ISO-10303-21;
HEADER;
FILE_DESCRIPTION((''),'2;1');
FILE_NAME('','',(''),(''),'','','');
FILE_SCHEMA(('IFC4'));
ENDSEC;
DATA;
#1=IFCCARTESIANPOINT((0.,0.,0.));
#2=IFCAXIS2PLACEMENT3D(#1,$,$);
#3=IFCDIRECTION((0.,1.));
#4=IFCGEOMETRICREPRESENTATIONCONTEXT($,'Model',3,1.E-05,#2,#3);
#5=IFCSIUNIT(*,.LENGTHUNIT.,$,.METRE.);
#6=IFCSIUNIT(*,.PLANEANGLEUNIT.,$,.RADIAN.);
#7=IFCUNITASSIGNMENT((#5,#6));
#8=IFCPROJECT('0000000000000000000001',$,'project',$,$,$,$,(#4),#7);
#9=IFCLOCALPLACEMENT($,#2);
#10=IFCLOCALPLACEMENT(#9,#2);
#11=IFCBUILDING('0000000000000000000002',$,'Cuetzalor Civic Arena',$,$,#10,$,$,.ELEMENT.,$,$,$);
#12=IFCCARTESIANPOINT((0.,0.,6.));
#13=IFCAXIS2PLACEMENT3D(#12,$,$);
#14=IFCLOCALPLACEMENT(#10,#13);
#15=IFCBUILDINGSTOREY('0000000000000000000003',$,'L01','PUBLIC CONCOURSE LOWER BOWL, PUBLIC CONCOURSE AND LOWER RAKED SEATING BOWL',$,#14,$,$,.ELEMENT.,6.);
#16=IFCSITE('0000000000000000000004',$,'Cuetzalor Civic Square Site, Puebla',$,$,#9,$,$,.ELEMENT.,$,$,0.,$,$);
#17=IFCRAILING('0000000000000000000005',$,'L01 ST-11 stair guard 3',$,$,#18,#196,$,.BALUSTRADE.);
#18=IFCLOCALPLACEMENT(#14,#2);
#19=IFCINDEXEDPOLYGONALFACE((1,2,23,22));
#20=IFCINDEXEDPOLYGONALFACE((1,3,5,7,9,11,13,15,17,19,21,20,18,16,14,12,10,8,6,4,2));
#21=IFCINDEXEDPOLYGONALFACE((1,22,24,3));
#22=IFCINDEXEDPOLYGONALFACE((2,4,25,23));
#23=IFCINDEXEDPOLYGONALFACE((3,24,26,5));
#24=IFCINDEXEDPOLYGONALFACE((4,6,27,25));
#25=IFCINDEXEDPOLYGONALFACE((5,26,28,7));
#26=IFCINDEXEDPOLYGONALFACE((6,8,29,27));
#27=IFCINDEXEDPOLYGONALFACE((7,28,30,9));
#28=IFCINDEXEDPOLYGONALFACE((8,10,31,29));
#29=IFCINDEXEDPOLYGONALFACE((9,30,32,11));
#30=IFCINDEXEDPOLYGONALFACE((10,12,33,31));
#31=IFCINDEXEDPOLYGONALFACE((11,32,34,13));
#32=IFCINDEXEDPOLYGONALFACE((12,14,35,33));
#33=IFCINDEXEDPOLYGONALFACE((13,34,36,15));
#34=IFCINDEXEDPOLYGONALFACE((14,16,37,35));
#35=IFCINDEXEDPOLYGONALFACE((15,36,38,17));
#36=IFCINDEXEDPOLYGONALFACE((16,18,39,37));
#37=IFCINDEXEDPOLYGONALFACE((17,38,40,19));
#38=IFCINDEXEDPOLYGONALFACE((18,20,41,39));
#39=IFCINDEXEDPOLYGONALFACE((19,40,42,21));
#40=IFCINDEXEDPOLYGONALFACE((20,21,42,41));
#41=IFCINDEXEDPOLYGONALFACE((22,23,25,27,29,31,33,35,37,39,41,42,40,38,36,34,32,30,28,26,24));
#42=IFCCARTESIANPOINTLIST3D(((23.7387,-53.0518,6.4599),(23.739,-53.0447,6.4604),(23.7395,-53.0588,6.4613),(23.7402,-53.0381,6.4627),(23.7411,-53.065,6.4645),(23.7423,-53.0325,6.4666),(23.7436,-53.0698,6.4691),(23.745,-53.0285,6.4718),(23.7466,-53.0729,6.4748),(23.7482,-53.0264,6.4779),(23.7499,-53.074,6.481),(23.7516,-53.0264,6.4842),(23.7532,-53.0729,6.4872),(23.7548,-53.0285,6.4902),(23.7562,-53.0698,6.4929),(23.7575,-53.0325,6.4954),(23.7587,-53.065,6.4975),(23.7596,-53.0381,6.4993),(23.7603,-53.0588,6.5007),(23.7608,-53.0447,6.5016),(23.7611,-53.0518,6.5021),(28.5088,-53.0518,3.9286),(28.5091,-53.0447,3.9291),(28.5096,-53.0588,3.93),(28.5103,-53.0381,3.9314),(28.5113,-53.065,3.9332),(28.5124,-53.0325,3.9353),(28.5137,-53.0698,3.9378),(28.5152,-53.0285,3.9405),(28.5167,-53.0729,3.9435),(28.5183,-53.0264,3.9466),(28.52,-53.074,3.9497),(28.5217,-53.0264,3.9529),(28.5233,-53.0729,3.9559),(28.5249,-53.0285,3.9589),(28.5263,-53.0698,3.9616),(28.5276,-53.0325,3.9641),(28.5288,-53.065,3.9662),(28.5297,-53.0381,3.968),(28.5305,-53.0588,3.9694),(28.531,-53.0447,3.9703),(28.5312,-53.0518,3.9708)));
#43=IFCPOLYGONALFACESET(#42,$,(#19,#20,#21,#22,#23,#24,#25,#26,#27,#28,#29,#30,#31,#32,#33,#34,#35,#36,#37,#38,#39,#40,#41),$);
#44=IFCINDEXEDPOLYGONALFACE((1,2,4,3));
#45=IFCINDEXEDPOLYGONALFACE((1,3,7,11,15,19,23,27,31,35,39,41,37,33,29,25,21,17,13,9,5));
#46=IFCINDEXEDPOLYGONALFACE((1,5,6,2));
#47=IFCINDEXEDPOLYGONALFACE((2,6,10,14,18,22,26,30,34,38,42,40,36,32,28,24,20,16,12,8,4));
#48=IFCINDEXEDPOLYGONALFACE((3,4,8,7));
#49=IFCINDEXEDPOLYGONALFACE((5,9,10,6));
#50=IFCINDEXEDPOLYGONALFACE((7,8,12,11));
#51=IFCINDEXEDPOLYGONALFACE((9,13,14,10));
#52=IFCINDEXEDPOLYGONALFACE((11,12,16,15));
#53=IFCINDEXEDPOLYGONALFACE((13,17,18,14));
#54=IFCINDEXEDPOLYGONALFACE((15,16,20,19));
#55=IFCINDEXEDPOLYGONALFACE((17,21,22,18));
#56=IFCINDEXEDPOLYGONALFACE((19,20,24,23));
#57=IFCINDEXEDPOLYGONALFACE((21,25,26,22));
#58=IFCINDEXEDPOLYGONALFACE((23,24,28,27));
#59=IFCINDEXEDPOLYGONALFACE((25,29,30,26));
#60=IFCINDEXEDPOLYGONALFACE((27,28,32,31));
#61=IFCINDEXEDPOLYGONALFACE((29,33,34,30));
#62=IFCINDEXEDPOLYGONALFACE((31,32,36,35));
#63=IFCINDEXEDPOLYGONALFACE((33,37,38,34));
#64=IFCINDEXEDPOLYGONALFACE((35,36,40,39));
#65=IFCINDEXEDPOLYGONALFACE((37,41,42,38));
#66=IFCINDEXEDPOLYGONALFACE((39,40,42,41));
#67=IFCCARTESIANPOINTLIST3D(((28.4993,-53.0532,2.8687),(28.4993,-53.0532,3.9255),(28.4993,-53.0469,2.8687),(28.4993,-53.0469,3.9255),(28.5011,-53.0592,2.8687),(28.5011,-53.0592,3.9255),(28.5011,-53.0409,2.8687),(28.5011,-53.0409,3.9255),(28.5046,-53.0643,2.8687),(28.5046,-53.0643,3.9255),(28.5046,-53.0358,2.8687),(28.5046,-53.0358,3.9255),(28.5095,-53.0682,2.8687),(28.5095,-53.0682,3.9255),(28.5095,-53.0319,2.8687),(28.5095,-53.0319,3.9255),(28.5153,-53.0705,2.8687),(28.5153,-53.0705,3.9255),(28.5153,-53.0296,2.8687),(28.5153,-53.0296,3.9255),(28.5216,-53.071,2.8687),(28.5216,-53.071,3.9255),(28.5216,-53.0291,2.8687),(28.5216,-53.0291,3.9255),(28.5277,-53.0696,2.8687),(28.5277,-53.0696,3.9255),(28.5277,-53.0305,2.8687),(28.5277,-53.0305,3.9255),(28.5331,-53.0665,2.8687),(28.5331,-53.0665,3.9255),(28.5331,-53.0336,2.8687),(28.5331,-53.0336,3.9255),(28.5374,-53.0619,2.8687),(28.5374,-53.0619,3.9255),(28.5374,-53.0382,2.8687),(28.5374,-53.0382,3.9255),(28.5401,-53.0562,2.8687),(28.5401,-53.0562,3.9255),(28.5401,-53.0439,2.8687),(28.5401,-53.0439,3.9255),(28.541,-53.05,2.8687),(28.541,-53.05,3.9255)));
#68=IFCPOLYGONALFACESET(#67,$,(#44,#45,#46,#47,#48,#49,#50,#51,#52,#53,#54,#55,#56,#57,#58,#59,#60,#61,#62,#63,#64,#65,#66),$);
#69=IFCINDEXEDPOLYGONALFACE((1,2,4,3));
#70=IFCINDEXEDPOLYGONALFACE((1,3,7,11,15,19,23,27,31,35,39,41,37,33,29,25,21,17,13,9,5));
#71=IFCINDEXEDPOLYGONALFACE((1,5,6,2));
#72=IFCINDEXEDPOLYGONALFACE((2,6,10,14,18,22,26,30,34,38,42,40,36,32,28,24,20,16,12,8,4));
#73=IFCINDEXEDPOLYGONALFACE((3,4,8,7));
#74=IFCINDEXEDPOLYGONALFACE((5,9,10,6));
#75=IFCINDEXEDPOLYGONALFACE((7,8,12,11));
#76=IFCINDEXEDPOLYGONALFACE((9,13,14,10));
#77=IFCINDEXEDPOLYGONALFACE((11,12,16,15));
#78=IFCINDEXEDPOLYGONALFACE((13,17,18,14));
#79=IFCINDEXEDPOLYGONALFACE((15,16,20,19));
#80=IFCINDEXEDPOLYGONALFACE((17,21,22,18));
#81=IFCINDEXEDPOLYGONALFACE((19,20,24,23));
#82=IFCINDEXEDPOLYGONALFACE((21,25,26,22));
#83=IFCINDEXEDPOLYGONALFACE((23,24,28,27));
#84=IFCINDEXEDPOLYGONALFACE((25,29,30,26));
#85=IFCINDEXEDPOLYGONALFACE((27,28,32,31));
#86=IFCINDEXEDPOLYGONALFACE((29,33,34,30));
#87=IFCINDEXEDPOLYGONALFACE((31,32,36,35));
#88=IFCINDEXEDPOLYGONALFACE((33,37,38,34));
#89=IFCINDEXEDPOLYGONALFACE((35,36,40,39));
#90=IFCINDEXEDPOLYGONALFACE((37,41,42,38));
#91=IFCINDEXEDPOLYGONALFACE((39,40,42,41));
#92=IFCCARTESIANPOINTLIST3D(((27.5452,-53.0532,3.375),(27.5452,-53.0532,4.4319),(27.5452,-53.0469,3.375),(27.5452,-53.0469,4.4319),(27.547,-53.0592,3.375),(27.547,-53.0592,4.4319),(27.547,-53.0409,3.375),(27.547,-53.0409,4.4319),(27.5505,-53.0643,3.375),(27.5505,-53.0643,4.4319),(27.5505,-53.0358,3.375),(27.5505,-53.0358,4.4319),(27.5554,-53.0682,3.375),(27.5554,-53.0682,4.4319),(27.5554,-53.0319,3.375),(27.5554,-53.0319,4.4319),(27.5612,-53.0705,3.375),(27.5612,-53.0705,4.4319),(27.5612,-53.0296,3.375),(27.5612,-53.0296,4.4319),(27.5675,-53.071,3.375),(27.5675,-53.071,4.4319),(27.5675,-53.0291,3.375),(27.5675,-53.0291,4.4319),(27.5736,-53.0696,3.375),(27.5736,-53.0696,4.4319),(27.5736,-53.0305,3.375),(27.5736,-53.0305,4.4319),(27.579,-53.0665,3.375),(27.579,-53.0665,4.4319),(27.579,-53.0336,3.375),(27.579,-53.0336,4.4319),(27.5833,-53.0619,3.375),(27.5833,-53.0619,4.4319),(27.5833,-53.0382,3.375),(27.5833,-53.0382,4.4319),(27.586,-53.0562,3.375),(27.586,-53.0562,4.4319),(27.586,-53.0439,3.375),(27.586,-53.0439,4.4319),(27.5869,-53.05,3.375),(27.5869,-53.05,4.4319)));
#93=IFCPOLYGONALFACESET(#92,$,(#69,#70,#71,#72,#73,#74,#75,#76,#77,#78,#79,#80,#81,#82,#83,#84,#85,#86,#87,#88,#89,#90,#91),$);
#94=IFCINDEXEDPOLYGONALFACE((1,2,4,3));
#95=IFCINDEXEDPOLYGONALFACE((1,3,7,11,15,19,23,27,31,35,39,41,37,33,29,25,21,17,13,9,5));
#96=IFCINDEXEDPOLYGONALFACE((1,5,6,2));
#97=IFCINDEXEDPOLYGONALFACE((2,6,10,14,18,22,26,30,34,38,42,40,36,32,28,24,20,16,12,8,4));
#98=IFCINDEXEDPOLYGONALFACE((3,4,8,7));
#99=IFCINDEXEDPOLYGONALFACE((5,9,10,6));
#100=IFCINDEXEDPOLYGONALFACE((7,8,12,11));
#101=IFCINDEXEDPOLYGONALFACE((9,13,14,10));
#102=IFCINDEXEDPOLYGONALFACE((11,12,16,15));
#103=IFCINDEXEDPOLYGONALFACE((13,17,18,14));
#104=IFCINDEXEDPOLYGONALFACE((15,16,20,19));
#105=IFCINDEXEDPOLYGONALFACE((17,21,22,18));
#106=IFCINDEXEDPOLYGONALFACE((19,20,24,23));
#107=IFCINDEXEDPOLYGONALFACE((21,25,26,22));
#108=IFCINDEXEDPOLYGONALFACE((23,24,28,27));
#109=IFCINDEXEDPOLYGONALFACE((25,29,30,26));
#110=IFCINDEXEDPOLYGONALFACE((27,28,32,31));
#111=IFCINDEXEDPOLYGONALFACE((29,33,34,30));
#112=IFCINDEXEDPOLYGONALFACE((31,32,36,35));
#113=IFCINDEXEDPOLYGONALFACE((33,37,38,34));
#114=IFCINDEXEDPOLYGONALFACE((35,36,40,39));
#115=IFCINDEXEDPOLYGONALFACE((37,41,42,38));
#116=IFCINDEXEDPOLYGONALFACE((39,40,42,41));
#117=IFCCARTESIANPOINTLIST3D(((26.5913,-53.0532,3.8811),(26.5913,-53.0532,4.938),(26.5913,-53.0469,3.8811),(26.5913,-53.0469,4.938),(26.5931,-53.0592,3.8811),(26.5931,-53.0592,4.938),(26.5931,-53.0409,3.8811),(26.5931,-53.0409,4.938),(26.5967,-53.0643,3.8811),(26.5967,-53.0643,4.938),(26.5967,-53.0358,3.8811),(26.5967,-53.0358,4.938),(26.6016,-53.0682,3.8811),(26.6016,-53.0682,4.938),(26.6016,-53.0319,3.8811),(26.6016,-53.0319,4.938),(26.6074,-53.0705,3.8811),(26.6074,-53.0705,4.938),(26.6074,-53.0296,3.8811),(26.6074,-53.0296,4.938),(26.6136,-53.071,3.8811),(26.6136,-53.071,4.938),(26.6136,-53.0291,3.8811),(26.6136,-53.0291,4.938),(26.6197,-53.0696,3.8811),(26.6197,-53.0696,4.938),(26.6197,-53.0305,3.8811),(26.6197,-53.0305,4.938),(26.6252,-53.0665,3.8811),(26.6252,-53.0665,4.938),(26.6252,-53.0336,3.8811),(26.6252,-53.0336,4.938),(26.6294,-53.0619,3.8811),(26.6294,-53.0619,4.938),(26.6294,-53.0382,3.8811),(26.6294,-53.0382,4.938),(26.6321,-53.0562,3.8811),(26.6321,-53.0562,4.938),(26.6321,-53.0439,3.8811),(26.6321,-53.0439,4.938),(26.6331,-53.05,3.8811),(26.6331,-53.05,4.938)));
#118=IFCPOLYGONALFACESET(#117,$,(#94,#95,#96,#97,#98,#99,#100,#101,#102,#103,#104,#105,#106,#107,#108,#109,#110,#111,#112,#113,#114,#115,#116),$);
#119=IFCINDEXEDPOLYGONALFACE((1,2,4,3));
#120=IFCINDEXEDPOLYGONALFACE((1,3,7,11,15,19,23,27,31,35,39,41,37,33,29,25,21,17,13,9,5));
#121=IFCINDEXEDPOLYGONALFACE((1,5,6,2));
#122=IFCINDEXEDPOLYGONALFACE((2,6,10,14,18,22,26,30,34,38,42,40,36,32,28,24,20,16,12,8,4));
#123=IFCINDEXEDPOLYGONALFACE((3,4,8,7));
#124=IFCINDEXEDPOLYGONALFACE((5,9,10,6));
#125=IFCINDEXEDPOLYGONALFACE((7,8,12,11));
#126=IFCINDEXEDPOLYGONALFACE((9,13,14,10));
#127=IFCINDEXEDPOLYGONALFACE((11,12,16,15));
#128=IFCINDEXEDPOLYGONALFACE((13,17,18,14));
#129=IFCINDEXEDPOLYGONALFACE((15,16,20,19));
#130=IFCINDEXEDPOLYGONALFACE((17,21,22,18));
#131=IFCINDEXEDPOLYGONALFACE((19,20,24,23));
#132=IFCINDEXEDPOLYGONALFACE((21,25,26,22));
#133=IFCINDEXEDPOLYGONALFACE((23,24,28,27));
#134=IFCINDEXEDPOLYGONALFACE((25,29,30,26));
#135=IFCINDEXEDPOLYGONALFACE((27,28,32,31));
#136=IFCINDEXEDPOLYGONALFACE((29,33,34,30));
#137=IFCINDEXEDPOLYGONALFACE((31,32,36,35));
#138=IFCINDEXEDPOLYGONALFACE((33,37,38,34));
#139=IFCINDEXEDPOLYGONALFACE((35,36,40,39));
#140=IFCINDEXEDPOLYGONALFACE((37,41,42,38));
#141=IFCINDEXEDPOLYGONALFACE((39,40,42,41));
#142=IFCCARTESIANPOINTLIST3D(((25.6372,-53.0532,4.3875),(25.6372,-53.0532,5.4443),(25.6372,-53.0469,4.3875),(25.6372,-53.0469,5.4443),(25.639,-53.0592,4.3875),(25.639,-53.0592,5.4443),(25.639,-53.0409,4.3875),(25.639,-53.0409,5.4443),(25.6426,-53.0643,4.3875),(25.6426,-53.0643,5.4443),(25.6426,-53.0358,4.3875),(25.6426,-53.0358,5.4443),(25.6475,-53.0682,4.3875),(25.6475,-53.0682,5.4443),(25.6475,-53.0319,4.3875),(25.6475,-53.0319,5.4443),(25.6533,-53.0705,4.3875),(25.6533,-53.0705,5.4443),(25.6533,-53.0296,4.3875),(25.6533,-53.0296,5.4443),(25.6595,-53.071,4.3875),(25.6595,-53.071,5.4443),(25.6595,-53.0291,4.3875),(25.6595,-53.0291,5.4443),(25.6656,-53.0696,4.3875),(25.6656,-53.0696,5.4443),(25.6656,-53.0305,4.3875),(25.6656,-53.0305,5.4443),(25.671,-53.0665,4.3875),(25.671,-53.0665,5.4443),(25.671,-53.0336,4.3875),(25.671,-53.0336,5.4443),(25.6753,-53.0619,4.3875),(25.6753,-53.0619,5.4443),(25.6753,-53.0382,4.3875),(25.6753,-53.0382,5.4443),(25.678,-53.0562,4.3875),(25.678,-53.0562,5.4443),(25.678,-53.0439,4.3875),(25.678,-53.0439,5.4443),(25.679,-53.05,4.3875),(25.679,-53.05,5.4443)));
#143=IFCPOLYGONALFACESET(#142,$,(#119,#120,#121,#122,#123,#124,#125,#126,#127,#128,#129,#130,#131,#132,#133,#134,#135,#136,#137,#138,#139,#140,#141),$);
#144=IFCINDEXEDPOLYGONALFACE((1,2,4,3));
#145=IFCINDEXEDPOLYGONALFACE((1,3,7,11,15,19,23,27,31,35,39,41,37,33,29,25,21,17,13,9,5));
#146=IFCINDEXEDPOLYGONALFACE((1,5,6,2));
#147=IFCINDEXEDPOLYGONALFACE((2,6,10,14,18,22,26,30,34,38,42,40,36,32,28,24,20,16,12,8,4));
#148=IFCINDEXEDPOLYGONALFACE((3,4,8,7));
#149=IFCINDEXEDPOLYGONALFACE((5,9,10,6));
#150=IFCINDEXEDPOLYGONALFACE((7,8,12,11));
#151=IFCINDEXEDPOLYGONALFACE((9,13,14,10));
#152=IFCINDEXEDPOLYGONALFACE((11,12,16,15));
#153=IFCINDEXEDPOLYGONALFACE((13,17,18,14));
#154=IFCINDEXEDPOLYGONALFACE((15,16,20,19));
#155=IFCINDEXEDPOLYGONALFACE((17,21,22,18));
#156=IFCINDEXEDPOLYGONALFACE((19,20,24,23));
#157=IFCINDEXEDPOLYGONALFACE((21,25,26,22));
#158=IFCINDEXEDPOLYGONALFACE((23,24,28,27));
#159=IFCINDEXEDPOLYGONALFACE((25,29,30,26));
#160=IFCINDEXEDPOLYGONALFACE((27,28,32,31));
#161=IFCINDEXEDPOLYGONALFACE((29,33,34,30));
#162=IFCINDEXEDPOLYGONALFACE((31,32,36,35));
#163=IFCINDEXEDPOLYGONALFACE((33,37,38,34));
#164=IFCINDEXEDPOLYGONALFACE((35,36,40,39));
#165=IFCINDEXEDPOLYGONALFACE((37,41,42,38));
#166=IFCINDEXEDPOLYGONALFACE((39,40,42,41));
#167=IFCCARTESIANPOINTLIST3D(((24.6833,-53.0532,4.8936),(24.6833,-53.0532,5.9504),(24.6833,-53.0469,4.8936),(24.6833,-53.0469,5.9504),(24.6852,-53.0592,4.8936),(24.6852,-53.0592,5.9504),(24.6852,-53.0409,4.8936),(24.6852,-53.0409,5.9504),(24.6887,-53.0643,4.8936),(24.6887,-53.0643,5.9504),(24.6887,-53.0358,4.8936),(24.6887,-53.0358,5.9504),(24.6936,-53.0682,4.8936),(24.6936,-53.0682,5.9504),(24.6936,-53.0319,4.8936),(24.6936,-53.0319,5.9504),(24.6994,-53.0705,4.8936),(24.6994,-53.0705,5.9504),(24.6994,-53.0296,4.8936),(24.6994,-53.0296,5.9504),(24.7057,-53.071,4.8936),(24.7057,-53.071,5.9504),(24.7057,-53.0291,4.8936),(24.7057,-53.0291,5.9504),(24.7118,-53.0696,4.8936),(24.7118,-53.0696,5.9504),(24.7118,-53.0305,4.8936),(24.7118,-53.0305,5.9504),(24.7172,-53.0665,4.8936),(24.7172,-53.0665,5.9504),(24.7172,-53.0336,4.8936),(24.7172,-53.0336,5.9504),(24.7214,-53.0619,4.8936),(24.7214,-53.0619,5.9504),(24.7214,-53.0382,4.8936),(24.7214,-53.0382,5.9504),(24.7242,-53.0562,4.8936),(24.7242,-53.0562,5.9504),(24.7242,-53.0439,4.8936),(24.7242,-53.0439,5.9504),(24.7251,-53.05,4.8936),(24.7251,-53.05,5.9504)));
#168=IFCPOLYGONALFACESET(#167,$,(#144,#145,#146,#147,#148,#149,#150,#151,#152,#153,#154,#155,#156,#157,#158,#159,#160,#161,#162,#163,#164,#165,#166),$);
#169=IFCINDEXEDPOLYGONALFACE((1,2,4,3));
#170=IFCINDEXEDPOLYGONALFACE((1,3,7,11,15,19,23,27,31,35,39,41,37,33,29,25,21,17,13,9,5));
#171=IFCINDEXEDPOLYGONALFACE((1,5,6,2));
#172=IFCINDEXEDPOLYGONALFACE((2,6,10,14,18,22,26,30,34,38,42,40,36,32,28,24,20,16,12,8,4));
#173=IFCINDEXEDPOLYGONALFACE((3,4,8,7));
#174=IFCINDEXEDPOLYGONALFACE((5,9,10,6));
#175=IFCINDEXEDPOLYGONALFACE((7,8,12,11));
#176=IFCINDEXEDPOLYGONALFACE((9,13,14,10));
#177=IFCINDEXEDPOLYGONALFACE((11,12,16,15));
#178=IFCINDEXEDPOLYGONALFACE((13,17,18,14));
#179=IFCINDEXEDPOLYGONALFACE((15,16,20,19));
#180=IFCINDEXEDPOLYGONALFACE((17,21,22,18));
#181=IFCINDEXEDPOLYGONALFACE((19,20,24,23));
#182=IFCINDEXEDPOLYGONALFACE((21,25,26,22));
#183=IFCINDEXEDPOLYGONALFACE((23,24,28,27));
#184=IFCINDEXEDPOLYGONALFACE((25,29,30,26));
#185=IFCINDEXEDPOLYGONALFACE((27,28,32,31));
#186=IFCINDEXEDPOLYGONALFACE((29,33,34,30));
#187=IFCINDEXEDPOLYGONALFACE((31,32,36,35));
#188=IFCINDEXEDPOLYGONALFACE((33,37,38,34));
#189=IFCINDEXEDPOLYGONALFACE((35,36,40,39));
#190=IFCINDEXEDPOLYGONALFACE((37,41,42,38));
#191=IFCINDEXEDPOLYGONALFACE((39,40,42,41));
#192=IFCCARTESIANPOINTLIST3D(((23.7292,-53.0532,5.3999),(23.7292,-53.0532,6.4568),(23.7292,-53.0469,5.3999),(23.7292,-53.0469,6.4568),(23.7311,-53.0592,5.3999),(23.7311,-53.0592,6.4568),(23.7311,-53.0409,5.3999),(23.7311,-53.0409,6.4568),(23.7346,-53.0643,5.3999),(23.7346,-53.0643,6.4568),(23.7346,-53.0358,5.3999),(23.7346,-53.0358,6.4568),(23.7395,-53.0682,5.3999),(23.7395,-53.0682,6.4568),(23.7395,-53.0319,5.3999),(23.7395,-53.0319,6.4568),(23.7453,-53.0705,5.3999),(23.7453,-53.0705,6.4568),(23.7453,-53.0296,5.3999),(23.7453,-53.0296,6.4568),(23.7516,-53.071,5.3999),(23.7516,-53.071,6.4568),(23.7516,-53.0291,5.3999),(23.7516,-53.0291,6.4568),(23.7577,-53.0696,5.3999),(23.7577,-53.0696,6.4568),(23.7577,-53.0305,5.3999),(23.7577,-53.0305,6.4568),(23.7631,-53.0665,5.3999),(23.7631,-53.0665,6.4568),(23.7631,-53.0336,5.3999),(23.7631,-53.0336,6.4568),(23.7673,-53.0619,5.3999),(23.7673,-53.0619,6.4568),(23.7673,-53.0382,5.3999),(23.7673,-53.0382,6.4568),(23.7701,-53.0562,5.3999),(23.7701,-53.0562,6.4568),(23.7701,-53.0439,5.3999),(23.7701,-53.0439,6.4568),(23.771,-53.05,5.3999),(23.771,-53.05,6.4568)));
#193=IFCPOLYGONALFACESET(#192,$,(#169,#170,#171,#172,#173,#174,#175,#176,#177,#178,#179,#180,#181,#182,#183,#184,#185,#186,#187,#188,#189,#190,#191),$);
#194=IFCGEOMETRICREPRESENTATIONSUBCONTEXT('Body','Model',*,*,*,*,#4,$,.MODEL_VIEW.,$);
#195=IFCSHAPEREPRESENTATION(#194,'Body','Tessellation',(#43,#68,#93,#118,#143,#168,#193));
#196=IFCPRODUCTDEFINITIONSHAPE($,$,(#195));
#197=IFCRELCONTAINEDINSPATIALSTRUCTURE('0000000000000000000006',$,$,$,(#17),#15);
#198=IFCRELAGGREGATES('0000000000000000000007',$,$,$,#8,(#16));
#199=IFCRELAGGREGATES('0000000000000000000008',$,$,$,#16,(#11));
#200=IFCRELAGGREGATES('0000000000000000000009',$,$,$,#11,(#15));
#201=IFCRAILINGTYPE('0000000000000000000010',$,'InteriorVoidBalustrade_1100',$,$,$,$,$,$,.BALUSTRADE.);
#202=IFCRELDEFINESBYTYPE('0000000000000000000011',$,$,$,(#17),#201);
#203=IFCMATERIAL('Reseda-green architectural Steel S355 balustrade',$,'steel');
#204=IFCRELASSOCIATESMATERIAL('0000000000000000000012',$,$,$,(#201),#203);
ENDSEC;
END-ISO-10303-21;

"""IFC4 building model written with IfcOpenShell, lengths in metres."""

from ifc_helpers import new_model, si_unit, direction, frame, origin, origin_2d, place, context, subcontext, project, spatial, circle, extrude, material, type_object, element, save


model = new_model("IFC4")

# Units and contexts
model_context = context("Model", 3, precision=1e-05, world=origin(), true_north=direction((0.0, 1.0)))
body_context = subcontext(model_context, "Body", "Model", "MODEL_VIEW")
ifc_project = project(units=[si_unit("LENGTHUNIT", "METRE"), si_unit("PLANEANGLEUNIT", "RADIAN")], contexts=[model_context])

# Site, building, storey
site_placement = place(None, origin())
site = spatial("IfcSite", under=ifc_project, at=site_placement, Name="Cuetzalor Civic Square Site, Puebla", CompositionType="ELEMENT", RefElevation=0.0)
building_placement = place(site_placement, origin())
building = spatial("IfcBuilding", under=site, at=building_placement, Name="Cuetzalor Civic Arena", CompositionType="ELEMENT")
storey_placement = place(building_placement, frame((0.0, 0.0, 6.0)))
storey = spatial("IfcBuildingStorey", under=building, at=storey_placement, Name="L01", Description="PUBLIC CONCOURSE LOWER BOWL, PUBLIC CONCOURSE AND LOWER RAKED SEATING BOWL", CompositionType="ELEMENT", Elevation=6.0)

# Railing
ifc_material_1 = material(Name="Reseda-green architectural Steel S355 balustrade", Category="steel")
railing_type_1 = type_object("IfcRailingType", Name="InteriorVoidBalustrade_1100", PredefinedType="BALUSTRADE", material=ifc_material_1)
railing_1_placement = place(storey_placement, frame((28.52, -53.05, 2.8687)))
element("IfcRailing", 1, at=railing_1_placement, inside=storey, type_object=railing_type_1, Name="L01 ST-11 stair guard 3", PredefinedType="BALUSTRADE", context=body_context, shape_type="SweptSolid", body=[
    extrude(circle(Radius=0.0239, at=origin_2d()), frame((0.0, 0.0, 1.0811), z_axis=(-0.883332, 0.0, 0.468747), x_axis=(0.0, -1.0, 0.0)), (0.0, 0.0, 1.0), 5.4001),
    extrude(circle(Radius=0.021, at=origin_2d()), origin(), (0.0, 0.0, 1.0), 1.0569),
    extrude(circle(Radius=0.021, at=origin_2d()), frame((-0.9541, 0.0, 0.5063)), (0.0, 0.0, 1.0), 1.0569),
    extrude(circle(Radius=0.021, at=origin_2d()), frame((-1.908, 0.0, 1.0125)), (0.0, 0.0, 1.0), 1.0569),
    extrude(circle(Radius=0.021, at=origin_2d()), frame((-2.8621, 0.0, 1.5188)), (0.0, 0.0, 1.0), 1.0569),
    extrude(circle(Radius=0.021, at=origin_2d()), frame((-3.8159, 0.0, 2.0249)), (0.0, 0.0, 1.0), 1.0569),
    extrude(circle(Radius=0.021, at=origin_2d()), frame((-4.77, 0.0, 2.5312)), (0.0, 0.0, 1.0), 1.0569),
])

save(model, "model.ifc")
